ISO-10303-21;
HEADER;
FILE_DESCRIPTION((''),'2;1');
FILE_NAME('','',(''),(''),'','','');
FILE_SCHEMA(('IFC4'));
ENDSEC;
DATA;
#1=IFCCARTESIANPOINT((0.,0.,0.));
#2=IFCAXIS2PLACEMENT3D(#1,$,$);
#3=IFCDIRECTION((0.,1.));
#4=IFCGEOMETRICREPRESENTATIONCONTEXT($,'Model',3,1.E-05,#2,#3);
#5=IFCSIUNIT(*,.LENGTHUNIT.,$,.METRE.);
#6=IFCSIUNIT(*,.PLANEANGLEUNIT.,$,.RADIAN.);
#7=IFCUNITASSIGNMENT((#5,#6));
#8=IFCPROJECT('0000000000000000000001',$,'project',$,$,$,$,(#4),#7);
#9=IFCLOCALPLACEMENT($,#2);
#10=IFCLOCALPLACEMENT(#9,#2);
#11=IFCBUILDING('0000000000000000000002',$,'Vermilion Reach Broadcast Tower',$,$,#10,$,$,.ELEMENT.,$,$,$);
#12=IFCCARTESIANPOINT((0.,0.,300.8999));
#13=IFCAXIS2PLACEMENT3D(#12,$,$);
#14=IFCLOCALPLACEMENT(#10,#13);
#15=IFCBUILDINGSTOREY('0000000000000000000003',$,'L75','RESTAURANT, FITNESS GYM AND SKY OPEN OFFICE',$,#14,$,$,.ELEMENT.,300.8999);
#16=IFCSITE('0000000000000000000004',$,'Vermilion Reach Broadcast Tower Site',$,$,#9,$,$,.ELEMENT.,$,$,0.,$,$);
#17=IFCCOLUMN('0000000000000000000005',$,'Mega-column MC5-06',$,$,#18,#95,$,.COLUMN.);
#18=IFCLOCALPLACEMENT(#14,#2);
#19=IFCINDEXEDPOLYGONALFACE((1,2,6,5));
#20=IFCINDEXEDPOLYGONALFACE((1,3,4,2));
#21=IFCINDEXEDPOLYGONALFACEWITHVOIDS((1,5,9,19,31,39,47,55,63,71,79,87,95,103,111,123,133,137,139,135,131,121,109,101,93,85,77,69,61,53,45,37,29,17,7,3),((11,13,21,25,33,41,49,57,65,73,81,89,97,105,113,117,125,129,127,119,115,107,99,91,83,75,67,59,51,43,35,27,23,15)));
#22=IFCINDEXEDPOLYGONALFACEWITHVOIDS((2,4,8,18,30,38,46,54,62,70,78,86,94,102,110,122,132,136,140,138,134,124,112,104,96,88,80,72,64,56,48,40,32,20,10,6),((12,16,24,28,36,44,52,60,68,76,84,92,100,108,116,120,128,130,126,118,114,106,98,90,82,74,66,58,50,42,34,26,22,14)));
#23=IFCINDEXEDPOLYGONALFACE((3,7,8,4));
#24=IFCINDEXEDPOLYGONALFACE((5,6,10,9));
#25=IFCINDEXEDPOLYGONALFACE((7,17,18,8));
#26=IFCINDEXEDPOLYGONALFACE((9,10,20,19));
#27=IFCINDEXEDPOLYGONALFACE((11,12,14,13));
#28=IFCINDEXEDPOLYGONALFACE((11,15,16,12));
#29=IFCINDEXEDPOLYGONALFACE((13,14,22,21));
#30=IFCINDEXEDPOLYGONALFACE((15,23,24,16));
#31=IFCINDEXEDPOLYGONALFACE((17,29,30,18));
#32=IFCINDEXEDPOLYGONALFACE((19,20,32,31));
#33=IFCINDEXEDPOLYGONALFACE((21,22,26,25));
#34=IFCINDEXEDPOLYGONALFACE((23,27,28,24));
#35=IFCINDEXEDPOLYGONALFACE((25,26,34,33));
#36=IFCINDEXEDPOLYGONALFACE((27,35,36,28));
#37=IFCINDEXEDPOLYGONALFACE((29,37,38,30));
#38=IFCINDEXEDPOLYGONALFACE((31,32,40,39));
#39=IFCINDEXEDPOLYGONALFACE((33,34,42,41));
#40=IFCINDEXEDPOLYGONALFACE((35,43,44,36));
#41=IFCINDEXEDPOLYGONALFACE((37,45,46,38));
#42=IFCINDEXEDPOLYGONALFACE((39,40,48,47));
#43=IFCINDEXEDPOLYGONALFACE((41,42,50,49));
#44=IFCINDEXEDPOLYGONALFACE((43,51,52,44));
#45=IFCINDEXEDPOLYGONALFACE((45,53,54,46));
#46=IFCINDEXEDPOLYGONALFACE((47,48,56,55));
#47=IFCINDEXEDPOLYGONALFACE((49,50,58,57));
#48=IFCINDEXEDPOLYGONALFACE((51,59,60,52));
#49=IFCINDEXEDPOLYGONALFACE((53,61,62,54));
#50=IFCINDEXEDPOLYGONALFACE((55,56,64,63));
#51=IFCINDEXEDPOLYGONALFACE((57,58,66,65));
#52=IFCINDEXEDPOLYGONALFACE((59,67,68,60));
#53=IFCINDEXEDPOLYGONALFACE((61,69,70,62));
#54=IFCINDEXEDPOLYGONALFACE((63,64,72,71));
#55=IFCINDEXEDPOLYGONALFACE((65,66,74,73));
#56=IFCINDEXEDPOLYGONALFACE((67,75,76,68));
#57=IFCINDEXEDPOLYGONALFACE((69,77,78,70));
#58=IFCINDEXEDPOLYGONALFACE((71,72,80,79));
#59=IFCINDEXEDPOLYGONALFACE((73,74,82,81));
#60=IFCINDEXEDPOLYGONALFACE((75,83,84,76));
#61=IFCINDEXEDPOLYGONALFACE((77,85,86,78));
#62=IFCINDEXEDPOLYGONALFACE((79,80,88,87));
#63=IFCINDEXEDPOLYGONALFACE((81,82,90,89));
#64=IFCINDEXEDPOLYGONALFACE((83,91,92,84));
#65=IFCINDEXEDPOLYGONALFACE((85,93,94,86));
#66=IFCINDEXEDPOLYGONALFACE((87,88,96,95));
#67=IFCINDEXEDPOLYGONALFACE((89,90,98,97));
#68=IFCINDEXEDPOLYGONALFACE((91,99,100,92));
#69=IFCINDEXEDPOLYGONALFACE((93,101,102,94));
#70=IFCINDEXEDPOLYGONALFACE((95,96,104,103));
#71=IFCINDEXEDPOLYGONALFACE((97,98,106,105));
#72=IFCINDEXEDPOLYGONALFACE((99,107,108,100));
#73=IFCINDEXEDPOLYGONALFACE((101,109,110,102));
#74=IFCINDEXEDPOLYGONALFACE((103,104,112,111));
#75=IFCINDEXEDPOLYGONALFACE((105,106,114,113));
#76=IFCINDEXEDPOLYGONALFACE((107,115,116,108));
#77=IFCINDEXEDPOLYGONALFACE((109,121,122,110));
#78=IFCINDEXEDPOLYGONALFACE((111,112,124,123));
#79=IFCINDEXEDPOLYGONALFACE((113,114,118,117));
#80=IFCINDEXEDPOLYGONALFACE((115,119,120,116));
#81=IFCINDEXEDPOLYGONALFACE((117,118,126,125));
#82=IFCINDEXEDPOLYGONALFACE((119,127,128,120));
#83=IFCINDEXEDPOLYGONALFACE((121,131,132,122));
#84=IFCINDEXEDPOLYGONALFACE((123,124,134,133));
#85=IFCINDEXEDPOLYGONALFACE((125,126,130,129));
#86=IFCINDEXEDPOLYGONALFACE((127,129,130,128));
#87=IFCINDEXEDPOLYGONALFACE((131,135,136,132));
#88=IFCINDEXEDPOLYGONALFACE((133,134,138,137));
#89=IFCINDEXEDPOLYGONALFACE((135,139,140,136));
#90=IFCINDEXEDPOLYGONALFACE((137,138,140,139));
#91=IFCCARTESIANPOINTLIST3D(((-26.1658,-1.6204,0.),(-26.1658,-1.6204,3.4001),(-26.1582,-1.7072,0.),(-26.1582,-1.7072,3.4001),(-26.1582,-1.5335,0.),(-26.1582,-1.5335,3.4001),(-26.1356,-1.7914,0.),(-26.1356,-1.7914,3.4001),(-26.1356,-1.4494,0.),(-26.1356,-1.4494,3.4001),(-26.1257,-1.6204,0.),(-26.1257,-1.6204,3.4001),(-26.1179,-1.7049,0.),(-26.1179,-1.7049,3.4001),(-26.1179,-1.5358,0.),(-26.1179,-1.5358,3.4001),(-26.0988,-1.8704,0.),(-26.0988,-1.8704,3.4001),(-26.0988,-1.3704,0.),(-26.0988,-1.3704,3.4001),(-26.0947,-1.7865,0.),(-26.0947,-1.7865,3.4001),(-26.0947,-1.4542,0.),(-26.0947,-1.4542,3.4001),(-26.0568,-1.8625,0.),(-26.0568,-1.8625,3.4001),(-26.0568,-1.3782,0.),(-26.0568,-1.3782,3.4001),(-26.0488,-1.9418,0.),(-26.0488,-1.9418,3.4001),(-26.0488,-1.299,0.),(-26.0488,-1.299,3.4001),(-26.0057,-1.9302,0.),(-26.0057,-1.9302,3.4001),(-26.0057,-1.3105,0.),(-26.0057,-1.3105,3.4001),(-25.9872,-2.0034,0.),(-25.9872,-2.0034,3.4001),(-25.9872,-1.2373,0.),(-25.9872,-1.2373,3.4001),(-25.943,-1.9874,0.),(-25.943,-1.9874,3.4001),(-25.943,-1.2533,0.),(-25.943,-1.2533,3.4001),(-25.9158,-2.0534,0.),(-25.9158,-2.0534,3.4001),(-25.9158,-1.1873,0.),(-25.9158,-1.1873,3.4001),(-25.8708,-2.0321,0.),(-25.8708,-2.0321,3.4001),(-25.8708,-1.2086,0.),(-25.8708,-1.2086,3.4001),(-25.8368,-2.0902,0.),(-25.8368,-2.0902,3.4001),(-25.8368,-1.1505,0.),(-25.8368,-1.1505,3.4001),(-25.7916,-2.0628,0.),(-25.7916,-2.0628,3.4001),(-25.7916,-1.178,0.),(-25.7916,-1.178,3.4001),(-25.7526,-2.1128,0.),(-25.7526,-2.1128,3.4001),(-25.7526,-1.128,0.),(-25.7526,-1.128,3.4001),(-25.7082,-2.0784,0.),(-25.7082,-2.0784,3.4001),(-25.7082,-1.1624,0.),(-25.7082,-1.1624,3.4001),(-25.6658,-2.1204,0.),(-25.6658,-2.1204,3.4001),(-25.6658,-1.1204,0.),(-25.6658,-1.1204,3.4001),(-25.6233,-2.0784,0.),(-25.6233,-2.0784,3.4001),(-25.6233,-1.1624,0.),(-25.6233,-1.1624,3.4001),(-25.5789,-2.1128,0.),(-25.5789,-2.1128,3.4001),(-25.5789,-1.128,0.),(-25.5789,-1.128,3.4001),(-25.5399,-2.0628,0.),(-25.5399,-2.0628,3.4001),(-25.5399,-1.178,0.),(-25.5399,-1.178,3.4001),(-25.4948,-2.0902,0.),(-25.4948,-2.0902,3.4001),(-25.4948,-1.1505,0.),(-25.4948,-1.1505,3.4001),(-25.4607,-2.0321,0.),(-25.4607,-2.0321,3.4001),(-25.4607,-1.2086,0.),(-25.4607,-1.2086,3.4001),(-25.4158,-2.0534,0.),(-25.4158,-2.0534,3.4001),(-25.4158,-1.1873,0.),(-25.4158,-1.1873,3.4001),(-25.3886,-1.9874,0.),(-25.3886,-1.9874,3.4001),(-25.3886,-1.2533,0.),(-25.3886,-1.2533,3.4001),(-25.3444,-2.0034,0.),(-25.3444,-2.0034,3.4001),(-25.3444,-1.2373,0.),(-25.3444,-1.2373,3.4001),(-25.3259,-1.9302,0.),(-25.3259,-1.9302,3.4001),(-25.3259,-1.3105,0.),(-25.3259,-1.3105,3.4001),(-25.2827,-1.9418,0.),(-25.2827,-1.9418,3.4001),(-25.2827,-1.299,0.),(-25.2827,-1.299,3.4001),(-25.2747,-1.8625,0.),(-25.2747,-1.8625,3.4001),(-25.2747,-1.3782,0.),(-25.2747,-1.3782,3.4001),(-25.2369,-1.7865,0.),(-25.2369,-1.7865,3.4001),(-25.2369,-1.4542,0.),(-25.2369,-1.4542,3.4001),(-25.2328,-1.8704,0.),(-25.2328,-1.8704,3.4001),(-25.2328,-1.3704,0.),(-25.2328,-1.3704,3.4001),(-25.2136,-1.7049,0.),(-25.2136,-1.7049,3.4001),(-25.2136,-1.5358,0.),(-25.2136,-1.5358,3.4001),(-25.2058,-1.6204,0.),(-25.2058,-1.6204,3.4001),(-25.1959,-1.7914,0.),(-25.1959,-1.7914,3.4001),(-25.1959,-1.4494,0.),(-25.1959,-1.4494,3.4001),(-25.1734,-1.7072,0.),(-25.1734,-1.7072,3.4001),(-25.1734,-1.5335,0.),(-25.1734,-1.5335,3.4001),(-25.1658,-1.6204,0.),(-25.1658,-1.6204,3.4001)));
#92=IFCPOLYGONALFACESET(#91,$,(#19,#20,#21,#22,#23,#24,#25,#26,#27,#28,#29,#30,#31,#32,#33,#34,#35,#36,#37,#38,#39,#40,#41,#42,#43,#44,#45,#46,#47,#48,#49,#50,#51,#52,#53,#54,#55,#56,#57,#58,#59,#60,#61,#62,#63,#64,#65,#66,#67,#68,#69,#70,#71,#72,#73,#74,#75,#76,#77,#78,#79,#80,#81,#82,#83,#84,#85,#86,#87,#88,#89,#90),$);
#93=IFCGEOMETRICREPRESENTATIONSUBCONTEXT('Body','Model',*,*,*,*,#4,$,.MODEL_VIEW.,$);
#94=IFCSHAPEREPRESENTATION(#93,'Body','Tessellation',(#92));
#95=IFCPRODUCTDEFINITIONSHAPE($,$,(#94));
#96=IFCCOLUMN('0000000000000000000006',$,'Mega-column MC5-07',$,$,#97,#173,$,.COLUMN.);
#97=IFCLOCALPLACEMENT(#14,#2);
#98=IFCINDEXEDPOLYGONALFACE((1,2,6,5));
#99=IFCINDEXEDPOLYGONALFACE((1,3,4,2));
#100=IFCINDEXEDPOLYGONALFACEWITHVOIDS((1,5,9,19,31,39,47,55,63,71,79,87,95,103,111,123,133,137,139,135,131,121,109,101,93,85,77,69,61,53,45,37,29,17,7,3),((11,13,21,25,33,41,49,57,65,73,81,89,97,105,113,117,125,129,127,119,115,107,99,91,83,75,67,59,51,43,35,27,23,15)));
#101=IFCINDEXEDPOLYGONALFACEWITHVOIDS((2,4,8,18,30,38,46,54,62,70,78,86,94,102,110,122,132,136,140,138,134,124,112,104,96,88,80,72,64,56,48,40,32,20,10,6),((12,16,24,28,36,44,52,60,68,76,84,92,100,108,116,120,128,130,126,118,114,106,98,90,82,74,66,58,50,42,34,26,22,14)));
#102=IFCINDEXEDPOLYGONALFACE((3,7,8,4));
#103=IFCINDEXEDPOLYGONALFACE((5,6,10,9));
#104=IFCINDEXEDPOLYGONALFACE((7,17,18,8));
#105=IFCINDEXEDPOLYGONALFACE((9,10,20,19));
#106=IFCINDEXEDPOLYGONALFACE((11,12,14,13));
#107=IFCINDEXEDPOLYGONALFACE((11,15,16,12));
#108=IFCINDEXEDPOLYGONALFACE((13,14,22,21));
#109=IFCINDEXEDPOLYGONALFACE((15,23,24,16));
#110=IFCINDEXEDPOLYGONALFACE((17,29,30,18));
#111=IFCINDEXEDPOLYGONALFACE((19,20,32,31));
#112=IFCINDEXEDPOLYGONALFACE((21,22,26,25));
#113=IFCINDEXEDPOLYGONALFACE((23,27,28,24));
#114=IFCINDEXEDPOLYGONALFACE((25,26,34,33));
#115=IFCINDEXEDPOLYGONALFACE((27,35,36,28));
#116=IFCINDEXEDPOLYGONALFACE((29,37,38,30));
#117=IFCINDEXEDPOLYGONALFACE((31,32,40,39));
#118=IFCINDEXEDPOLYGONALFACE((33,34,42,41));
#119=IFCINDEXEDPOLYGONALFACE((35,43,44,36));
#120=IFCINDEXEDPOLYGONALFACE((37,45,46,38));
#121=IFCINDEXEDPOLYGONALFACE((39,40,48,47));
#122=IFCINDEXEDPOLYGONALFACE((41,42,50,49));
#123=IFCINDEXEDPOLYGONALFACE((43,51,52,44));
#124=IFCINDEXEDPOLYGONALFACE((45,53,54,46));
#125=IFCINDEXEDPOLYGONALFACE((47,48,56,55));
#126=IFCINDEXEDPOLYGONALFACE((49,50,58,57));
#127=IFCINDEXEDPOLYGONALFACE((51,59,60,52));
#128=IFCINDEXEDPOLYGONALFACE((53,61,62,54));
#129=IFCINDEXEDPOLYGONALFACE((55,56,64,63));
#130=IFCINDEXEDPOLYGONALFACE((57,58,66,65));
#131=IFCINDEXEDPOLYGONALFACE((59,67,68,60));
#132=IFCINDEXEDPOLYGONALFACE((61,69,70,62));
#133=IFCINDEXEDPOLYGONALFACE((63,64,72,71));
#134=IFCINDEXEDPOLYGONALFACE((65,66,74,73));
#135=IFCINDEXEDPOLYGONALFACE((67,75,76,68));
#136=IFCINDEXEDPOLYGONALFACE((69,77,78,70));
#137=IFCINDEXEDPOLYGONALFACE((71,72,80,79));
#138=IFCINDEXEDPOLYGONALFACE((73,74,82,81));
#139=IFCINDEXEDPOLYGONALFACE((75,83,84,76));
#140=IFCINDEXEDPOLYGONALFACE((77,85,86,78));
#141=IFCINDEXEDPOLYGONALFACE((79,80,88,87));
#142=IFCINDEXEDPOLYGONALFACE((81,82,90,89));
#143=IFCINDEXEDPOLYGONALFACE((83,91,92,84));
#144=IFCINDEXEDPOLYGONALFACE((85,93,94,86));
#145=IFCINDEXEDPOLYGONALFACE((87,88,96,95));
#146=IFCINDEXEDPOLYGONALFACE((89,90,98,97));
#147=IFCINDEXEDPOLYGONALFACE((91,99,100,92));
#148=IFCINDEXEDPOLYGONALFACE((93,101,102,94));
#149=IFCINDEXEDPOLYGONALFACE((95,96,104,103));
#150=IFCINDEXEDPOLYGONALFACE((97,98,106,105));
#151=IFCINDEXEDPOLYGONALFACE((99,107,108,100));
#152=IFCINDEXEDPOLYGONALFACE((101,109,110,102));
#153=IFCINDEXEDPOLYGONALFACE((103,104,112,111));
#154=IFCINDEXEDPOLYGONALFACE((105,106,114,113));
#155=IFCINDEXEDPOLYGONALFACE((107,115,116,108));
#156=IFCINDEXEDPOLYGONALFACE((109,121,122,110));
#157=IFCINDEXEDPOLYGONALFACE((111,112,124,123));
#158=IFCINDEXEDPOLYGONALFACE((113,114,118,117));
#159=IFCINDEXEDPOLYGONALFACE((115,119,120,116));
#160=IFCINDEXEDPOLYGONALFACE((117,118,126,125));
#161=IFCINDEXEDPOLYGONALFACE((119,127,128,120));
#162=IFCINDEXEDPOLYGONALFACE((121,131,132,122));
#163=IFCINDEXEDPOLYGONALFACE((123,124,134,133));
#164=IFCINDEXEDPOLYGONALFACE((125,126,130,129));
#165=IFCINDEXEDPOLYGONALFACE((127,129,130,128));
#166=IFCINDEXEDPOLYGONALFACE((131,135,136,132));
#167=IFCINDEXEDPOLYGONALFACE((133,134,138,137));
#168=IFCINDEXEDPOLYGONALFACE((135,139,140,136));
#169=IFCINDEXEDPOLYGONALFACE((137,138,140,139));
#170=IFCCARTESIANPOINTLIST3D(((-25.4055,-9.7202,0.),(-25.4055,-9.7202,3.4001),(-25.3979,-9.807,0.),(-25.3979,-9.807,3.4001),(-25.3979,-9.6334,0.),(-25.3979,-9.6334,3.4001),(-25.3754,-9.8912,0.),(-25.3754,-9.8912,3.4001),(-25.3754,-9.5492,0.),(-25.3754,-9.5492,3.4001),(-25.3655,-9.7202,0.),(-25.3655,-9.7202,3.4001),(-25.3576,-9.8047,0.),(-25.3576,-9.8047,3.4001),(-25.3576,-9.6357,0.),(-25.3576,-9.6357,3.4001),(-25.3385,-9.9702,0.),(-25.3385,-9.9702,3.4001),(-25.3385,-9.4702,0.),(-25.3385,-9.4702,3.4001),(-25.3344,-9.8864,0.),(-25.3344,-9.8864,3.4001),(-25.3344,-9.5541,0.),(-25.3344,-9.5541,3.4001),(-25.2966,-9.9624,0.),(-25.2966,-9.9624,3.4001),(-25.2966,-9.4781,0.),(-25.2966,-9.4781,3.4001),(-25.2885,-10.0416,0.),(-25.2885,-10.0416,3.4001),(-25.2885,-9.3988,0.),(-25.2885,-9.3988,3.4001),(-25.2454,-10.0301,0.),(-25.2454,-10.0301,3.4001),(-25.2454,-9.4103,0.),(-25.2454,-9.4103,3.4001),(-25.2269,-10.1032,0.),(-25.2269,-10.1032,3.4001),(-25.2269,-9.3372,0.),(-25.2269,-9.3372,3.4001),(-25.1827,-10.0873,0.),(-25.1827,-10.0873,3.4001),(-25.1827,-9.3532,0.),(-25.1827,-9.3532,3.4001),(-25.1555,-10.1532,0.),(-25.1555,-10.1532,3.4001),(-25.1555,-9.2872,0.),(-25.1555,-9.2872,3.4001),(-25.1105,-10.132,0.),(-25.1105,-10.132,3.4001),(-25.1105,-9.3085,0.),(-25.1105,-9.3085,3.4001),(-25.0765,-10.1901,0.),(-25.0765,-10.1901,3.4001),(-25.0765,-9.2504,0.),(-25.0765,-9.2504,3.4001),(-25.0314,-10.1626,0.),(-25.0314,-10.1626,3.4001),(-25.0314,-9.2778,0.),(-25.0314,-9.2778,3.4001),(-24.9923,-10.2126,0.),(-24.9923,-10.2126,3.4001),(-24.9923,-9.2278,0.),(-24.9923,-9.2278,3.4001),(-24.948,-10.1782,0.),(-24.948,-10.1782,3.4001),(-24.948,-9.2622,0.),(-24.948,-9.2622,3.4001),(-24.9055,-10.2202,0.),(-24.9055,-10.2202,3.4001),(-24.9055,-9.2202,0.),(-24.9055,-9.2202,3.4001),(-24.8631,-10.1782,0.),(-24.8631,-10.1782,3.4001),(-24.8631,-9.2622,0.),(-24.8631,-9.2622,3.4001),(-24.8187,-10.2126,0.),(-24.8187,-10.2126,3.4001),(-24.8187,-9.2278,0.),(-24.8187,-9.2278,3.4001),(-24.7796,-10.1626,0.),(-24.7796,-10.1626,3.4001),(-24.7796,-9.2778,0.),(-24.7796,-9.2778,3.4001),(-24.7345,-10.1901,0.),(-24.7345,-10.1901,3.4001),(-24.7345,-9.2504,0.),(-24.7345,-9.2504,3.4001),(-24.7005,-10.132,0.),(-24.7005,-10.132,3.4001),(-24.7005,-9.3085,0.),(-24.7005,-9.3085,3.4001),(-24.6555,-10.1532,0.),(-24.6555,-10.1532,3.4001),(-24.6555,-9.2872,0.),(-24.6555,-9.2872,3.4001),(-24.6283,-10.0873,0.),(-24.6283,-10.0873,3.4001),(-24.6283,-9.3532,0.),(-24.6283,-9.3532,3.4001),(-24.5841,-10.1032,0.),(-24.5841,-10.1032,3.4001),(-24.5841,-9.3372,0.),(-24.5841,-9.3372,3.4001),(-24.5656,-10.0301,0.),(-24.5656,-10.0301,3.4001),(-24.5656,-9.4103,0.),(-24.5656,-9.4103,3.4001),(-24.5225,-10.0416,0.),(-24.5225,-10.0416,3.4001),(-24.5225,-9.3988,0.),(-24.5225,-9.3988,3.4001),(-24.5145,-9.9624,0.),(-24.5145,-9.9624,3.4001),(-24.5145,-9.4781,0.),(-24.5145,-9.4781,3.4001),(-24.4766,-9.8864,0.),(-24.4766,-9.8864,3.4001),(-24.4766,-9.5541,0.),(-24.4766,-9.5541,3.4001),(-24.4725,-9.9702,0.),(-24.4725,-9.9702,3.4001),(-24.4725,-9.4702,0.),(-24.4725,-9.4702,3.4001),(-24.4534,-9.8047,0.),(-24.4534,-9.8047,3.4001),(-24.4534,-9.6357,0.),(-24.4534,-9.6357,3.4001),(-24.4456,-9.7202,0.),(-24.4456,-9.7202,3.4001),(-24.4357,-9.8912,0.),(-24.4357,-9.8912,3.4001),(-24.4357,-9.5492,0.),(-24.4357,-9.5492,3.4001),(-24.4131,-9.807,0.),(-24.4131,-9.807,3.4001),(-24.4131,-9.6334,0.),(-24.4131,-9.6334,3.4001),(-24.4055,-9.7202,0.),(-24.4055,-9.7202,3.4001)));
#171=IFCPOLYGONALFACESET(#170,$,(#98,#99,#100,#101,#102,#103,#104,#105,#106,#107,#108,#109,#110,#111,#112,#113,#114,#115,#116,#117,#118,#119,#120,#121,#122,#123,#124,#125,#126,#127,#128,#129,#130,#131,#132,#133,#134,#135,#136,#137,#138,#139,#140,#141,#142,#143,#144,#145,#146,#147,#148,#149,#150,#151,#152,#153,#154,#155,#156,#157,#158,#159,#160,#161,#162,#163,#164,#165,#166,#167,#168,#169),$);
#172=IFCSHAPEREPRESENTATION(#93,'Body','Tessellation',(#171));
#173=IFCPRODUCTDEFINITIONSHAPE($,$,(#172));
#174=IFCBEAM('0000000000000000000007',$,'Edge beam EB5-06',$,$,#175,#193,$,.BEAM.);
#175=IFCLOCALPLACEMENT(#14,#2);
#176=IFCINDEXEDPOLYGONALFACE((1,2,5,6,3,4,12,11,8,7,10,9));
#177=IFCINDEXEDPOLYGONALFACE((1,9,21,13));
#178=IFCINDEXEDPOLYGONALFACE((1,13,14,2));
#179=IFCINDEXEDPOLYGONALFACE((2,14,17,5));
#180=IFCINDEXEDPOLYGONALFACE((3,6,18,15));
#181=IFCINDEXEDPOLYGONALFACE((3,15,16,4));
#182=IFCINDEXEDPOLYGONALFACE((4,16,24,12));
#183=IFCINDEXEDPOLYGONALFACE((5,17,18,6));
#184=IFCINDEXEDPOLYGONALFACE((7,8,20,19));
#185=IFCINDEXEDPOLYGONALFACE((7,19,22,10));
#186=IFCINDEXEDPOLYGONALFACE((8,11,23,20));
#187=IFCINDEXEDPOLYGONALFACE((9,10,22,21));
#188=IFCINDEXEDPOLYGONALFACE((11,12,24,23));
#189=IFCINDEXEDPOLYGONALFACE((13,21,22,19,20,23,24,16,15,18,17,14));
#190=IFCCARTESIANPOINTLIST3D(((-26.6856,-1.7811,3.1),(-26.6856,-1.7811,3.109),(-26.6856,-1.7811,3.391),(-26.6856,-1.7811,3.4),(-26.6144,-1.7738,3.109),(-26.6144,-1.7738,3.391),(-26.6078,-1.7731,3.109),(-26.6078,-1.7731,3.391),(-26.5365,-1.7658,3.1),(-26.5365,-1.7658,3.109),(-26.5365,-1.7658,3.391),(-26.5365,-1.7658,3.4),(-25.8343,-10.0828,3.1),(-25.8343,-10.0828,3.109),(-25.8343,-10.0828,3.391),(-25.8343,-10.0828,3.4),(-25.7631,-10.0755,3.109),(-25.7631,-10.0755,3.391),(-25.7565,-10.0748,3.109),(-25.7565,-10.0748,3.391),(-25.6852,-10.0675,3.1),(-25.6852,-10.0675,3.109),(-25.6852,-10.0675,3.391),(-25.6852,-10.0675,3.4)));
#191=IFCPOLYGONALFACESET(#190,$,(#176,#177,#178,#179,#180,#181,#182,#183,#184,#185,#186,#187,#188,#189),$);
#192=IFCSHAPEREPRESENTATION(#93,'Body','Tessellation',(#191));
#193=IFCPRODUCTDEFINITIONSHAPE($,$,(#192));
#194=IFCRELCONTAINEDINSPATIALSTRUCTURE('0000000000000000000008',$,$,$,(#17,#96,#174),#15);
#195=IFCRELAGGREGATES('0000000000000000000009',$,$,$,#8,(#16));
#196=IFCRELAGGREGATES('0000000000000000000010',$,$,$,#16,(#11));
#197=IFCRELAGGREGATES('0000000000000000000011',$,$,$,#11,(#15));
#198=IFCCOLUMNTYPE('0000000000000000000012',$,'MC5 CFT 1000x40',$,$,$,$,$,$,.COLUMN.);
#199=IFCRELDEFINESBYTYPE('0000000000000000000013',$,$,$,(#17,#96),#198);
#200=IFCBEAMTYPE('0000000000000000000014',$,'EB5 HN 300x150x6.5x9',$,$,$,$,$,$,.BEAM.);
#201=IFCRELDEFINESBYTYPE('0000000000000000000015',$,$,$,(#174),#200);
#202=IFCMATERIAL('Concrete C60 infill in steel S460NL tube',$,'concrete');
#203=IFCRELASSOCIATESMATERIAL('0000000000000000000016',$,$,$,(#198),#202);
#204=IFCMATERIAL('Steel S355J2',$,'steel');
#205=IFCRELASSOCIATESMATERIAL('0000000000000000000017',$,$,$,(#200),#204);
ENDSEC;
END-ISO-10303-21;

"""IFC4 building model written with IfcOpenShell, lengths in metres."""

from ifc_helpers import new_model, si_unit, direction, frame, origin, origin_2d, place, context, subcontext, project, spatial, hollow_circle, i_section, extrude, material, material_profile, profile_set, type_object, element, save


model = new_model("IFC4")

# Units and contexts
model_context = context("Model", 3, precision=1e-05, world=origin(), true_north=direction((0.0, 1.0)))
body_context = subcontext(model_context, "Body", "Model", "MODEL_VIEW")
ifc_project = project(units=[si_unit("LENGTHUNIT", "METRE"), si_unit("PLANEANGLEUNIT", "RADIAN")], contexts=[model_context])

# Site, building, storey
site_placement = place(None, origin())
site = spatial("IfcSite", under=ifc_project, at=site_placement, Name="Vermilion Reach Broadcast Tower Site", CompositionType="ELEMENT", RefElevation=0.0)
building_placement = place(site_placement, origin())
building = spatial("IfcBuilding", under=site, at=building_placement, Name="Vermilion Reach Broadcast Tower", CompositionType="ELEMENT")
storey_placement = place(building_placement, frame((0.0, 0.0, 300.8999)))
storey = spatial("IfcBuildingStorey", under=building, at=storey_placement, Name="L75", Description="RESTAURANT, FITNESS GYM AND SKY OPEN OFFICE", CompositionType="ELEMENT", Elevation=300.8999)

# Columns
ifc_material_1 = material(Name="Concrete C60 infill in steel S460NL tube", Category="concrete")
ifc_material_profile_1 = material_profile(ifc_material_1, hollow_circle(Radius=0.5, WallThickness=0.04, at=origin_2d()), Name="Concrete C60 infill in steel S460NL tube CFT 1000x40")
ifc_profile_set_1 = profile_set([ifc_material_profile_1], Name="Concrete C60 infill in steel S460NL tube")
column_type = type_object("IfcColumnType", Name="MC5 CFT 1000x40", PredefinedType="COLUMN", material=ifc_profile_set_1)
for number, where, z_axis, x_axis, name in (
    (1, (-25.6658, -1.6204, 0.0), (0.0, 0.0, 1.0), (1.0, 0.0, 0.0), "Mega-column MC5-06"),
    (2, (-24.9055, -9.7202, 0.0), (0.0, 0.0, 1.0), (1.0, 0.0, 0.0), "Mega-column MC5-07"),
):
    element("IfcColumn", number, at=place(storey_placement, frame(where, z_axis=z_axis, x_axis=x_axis)), inside=storey, type_object=column_type, Name=name, PredefinedType="COLUMN", context=body_context, shape_type="SweptSolid", body=[
        extrude(hollow_circle(Radius=0.5, WallThickness=0.04, at=origin_2d()), origin(), (0.0, 0.0, 1.0), 3.4001),
    ])

# Beam
ifc_material_2 = material(Name="Steel S355J2", Category="steel")
ifc_material_profile_2 = material_profile(ifc_material_2, i_section(OverallWidth=0.1499, OverallDepth=0.3, WebThickness=0.0066, FlangeThickness=0.009, at=origin_2d()), Name="S355J2 HN 300x150x6.5x9")
ifc_profile_set_2 = profile_set([ifc_material_profile_2], Name="Steel S355J2")
beam_type_1 = type_object("IfcBeamType", Name="EB5 HN 300x150x6.5x9", PredefinedType="BEAM", material=ifc_profile_set_2)
beam_1_placement = place(storey_placement, frame((-26.6111, -1.7734, 3.25), z_axis=(0.102012, -0.994783, 0.0), x_axis=(0.994783, 0.102012, 0.0)))
element("IfcBeam", 3, at=beam_1_placement, inside=storey, type_object=beam_type_1, Name="Edge beam EB5-06", PredefinedType="BEAM", context=body_context, shape_type="SweptSolid", body=[
    extrude(i_section(OverallWidth=0.1499, OverallDepth=0.3, WebThickness=0.0066, FlangeThickness=0.009, at=origin_2d()), origin(), (0.0, 0.0, 1.0), 8.3452),
])

save(model, "model.ifc")
